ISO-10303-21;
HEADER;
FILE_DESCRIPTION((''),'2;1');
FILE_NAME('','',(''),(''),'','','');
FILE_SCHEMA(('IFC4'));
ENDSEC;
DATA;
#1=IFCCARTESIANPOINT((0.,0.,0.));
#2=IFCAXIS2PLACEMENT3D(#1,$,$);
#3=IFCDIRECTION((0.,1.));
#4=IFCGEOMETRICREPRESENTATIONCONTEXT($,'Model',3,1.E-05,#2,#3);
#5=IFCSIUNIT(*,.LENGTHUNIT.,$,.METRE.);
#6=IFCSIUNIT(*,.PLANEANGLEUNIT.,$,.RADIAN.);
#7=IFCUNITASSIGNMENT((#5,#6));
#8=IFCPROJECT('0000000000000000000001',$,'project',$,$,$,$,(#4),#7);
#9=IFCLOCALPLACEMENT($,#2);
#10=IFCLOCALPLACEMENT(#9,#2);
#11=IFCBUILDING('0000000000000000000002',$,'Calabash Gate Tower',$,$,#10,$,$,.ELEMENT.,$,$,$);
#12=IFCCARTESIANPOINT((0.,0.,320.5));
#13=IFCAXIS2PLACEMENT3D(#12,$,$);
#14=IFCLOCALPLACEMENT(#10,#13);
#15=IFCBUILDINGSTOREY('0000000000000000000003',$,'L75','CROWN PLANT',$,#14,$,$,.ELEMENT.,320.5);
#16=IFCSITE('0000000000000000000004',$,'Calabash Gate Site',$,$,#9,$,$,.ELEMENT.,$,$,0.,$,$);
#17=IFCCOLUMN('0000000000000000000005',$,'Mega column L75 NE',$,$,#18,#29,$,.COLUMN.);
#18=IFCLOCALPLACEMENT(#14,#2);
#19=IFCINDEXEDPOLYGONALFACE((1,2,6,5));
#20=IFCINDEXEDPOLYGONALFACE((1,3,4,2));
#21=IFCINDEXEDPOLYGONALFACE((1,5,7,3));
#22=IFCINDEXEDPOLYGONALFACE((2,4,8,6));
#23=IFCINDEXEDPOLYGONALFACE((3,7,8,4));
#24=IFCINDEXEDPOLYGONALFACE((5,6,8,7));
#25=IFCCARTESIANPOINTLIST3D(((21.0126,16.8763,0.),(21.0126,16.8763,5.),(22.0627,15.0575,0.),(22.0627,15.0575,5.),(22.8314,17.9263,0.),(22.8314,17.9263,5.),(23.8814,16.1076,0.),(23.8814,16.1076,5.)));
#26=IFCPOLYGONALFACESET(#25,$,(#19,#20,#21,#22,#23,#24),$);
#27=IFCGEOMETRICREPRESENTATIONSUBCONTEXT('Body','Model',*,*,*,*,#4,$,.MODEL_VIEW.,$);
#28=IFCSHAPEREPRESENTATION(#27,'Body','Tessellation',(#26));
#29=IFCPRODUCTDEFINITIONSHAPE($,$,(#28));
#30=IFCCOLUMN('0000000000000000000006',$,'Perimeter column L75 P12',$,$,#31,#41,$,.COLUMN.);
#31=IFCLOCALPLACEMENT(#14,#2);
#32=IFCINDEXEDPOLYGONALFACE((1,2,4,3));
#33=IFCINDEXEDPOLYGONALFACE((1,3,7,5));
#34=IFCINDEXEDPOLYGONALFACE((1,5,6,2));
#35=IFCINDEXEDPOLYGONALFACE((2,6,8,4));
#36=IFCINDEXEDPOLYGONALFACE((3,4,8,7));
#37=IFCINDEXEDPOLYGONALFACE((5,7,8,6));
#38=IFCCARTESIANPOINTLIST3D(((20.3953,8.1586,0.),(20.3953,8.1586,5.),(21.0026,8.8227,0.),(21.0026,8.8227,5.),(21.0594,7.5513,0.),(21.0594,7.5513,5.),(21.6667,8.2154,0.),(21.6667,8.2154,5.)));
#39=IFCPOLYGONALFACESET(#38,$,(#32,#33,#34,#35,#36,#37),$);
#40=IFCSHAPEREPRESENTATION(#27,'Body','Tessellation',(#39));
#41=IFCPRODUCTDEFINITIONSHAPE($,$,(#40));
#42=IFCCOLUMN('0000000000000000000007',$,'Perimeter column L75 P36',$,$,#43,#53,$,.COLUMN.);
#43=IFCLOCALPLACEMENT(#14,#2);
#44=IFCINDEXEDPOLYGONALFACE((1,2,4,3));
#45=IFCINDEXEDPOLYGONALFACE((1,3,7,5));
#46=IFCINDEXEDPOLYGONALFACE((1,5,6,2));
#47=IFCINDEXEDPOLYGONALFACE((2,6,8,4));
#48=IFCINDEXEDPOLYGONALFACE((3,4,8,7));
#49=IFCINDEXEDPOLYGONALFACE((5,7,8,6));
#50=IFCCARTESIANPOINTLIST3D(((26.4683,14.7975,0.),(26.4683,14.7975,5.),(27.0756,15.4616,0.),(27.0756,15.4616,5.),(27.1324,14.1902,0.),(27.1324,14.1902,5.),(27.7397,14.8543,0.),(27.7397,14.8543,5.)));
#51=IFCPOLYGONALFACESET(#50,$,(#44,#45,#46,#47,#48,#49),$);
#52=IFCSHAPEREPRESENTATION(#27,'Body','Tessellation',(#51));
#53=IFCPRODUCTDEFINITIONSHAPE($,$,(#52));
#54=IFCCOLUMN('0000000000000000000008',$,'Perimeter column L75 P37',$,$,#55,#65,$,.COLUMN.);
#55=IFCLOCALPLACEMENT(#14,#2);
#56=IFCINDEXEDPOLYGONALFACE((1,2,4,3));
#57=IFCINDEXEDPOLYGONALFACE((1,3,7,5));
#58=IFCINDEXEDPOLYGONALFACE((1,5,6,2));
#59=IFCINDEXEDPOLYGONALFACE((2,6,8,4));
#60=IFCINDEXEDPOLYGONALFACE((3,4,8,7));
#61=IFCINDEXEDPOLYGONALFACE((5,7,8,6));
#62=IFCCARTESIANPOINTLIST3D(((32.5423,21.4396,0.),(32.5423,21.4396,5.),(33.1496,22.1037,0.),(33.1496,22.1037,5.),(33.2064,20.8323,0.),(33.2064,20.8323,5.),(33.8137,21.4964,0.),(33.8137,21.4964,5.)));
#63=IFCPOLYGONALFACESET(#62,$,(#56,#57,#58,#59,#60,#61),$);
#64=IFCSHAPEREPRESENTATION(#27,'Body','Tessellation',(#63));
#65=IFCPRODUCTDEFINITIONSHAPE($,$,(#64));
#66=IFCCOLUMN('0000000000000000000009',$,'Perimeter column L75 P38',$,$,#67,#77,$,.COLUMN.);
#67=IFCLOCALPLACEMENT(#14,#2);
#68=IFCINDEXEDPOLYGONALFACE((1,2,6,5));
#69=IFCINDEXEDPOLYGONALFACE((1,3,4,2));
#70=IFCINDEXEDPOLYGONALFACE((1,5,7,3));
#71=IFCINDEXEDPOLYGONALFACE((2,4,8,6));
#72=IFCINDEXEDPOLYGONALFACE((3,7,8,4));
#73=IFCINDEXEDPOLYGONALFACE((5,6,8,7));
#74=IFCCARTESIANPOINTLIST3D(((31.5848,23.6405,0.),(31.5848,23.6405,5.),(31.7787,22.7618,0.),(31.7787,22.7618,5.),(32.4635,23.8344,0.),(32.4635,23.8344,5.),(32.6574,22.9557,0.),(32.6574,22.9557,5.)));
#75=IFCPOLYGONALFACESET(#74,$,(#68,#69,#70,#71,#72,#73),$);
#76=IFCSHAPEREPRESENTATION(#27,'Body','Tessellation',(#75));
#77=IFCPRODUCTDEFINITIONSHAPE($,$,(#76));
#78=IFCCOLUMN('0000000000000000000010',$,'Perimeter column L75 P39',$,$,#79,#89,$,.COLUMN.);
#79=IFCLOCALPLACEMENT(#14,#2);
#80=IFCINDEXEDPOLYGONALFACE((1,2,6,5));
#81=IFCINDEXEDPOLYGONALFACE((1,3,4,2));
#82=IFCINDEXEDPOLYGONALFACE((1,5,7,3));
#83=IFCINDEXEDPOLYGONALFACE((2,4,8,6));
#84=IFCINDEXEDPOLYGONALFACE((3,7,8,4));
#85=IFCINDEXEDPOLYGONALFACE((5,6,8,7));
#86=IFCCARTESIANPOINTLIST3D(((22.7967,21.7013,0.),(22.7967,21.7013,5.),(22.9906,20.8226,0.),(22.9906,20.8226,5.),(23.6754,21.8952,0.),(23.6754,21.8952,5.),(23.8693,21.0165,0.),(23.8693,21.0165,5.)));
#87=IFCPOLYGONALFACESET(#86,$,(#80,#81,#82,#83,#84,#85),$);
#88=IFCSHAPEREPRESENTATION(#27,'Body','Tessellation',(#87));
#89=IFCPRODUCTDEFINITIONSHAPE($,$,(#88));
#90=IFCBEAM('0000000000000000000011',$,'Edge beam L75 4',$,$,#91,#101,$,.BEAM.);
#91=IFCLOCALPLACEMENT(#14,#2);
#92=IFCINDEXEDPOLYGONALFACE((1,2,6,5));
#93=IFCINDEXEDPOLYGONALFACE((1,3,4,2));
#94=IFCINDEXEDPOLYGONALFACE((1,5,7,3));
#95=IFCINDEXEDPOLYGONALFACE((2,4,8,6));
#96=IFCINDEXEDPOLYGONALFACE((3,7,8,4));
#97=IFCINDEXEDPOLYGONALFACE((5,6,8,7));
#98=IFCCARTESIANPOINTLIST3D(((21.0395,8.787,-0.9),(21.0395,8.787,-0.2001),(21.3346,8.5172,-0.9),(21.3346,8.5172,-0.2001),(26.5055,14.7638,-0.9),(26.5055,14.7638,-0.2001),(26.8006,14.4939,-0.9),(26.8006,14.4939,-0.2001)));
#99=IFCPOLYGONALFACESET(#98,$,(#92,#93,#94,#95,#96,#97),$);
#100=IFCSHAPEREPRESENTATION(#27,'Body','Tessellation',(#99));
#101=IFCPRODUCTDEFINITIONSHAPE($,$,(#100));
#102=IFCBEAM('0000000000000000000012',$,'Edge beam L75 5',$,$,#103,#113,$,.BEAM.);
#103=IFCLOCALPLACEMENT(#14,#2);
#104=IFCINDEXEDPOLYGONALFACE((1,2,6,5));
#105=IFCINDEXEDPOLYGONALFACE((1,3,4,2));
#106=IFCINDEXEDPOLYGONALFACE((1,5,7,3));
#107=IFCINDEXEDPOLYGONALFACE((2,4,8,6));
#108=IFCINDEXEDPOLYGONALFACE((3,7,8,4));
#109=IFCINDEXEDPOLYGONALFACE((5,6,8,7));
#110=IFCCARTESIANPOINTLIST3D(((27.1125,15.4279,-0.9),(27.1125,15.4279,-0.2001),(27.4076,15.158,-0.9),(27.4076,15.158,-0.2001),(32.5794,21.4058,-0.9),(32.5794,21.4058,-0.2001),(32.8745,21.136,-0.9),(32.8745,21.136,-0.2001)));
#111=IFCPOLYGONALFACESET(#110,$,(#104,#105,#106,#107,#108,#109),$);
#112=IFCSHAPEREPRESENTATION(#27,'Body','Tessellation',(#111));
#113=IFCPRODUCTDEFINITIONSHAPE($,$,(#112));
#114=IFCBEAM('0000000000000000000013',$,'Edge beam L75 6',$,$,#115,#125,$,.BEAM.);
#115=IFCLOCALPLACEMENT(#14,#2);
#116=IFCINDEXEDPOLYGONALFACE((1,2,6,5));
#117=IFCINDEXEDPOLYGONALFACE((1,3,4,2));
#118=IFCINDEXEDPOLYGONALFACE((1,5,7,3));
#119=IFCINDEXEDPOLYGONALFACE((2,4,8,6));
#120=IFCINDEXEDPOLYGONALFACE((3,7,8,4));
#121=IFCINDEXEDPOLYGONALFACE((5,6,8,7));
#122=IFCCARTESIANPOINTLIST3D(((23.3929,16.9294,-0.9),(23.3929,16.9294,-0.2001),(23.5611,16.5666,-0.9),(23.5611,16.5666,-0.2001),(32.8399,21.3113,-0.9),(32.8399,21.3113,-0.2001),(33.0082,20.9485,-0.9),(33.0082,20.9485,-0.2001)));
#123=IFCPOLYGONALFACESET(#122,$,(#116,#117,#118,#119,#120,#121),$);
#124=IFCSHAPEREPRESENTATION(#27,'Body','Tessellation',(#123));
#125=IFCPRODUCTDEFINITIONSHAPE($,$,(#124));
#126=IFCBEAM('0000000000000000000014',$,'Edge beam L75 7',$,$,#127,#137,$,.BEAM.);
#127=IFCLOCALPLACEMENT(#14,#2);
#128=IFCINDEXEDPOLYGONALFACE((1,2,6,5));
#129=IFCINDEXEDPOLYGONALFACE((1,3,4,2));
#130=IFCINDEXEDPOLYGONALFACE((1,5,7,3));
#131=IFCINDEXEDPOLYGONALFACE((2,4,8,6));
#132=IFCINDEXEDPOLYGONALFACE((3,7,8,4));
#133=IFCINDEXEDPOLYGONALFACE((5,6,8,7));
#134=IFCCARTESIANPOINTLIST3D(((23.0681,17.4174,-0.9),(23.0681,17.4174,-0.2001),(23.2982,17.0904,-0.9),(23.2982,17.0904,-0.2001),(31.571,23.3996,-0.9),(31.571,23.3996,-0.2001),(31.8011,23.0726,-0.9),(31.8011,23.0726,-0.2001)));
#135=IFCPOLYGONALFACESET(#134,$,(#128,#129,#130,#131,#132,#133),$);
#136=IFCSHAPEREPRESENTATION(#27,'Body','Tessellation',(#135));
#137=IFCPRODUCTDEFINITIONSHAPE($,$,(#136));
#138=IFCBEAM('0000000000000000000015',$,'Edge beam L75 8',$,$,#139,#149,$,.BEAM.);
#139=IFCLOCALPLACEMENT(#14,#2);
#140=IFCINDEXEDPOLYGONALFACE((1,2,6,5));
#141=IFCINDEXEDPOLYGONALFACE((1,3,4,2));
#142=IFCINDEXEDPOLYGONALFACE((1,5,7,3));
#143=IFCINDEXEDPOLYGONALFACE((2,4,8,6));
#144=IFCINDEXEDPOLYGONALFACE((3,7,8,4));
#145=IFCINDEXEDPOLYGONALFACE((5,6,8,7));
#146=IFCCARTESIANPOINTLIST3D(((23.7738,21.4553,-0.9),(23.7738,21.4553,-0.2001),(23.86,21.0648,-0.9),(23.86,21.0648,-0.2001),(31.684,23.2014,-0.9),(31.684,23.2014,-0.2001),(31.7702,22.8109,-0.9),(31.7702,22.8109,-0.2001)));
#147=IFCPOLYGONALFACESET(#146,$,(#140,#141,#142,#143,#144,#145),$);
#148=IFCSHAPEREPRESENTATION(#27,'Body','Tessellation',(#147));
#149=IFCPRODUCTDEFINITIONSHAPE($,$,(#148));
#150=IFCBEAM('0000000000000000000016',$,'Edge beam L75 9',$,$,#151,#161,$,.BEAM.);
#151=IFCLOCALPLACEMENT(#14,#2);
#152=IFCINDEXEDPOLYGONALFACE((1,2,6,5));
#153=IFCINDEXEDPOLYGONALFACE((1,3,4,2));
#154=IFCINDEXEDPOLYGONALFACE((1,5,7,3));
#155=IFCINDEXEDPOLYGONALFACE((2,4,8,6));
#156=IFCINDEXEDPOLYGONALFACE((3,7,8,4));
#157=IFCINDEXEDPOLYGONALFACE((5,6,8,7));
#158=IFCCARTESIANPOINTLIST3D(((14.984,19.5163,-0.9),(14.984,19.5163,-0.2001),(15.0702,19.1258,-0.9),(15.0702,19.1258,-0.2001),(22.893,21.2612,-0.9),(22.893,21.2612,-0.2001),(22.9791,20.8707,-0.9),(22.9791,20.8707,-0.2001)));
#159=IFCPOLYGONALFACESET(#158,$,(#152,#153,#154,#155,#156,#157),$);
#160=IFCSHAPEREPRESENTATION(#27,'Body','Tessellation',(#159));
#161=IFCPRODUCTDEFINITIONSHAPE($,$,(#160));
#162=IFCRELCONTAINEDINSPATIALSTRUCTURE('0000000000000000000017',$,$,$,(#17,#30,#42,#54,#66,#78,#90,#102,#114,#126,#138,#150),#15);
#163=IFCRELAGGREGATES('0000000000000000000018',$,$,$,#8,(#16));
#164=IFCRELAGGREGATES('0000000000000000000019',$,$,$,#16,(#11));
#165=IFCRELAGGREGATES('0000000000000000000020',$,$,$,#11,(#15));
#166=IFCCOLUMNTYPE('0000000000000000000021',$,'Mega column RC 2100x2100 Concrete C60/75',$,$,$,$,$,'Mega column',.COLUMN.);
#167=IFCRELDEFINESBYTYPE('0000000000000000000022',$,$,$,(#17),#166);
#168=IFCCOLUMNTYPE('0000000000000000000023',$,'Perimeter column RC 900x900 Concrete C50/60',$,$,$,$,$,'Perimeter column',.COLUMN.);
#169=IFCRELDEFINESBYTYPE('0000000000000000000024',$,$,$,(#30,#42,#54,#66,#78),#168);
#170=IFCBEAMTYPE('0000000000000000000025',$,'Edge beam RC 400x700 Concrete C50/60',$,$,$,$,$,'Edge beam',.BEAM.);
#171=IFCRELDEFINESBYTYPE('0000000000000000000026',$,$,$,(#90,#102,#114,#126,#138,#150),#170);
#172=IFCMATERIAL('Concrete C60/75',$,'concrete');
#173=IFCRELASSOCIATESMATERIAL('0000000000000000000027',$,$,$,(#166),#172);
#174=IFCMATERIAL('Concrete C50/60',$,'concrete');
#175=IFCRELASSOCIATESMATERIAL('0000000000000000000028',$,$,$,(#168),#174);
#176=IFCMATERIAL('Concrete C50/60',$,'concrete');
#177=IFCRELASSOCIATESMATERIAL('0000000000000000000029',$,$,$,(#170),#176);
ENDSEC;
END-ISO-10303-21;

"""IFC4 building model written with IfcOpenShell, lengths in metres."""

from ifc_helpers import new_model, si_unit, direction, frame, origin, origin_2d, place, context, subcontext, project, spatial, rectangle, extrude, material, material_profile, profile_set, type_object, element, save


model = new_model("IFC4")

# Units and contexts
model_context = context("Model", 3, precision=1e-05, world=origin(), true_north=direction((0.0, 1.0)))
body_context = subcontext(model_context, "Body", "Model", "MODEL_VIEW")
ifc_project = project(units=[si_unit("LENGTHUNIT", "METRE"), si_unit("PLANEANGLEUNIT", "RADIAN")], contexts=[model_context])

# Site, building, storey
site_placement = place(None, origin())
site = spatial("IfcSite", under=ifc_project, at=site_placement, Name="Calabash Gate Site", CompositionType="ELEMENT", RefElevation=0.0)
building_placement = place(site_placement, origin())
building = spatial("IfcBuilding", under=site, at=building_placement, Name="Calabash Gate Tower", CompositionType="ELEMENT")
storey_placement = place(building_placement, frame((0.0, 0.0, 320.5)))
storey = spatial("IfcBuildingStorey", under=building, at=storey_placement, Name="L75", Description="CROWN PLANT", CompositionType="ELEMENT", Elevation=320.5)

# Columns
ifc_material_1 = material(Name="Concrete C60/75", Category="concrete")
ifc_material_profile_1 = material_profile(ifc_material_1, rectangle(XDim=2.1001, YDim=2.1001, at=origin_2d()))
ifc_profile_set_1 = profile_set([ifc_material_profile_1], Name="Concrete C60/75")
column_type_1 = type_object("IfcColumnType", Name="Mega column RC 2100x2100 Concrete C60/75", ElementType="Mega column", PredefinedType="COLUMN", material=ifc_profile_set_1)
column_placement = place(storey_placement, frame((22.447, 16.4919, 0.0), z_axis=(0.0, 0.0, 1.0), x_axis=(-0.866025, -0.5, 0.0)))
element("IfcColumn", 1, at=column_placement, inside=storey, type_object=column_type_1, Name="Mega column L75 NE", PredefinedType="COLUMN", context=body_context, shape_type="SweptSolid", body=[
    extrude(rectangle(XDim=2.1001, YDim=2.1001, at=origin_2d()), origin(), (0.0, 0.0, 1.0), 5.0),
])
ifc_material_2 = material(Name="Concrete C50/60", Category="concrete")
ifc_material_profile_2 = material_profile(ifc_material_2, rectangle(XDim=0.8999, YDim=0.8999, at=origin_2d()))
ifc_profile_set_2 = profile_set([ifc_material_profile_2], Name="Concrete C50/60")
column_type_2 = type_object("IfcColumnType", Name="Perimeter column RC 900x900 Concrete C50/60", ElementType="Perimeter column", PredefinedType="COLUMN", material=ifc_profile_set_2)
for number, where, z_axis, x_axis, name in (
    (2, (21.031, 8.187, 0.0), (0.0, 0.0, 1.0), (0.674856, 0.737949, 0.0), "Perimeter column L75 P12"),
    (3, (27.104, 14.8259, 0.0), (0.0, 0.0, 1.0), (0.674856, 0.737949, 0.0), "Perimeter column L75 P36"),
    (4, (33.178, 21.468, 0.0), (0.0, 0.0, 1.0), (0.674856, 0.737949, 0.0), "Perimeter column L75 P37"),
    (5, (32.1211, 23.2981, 0.0), (0.0, 0.0, 1.0), (-0.976511, -0.215468, 0.0), "Perimeter column L75 P38"),
    (6, (23.333, 21.3589, 0.0), (0.0, 0.0, 1.0), (-0.976511, -0.215468, 0.0), "Perimeter column L75 P39"),
):
    element("IfcColumn", number, at=place(storey_placement, frame(where, z_axis=z_axis, x_axis=x_axis)), inside=storey, type_object=column_type_2, Name=name, PredefinedType="COLUMN", context=body_context, shape_type="SweptSolid", body=[
        extrude(rectangle(XDim=0.8999, YDim=0.8999, at=origin_2d()), origin(), (0.0, 0.0, 1.0), 5.0),
    ])

# Beams
ifc_material_3 = material(Name="Concrete C50/60", Category="concrete")
ifc_material_profile_3 = material_profile(ifc_material_3, rectangle(XDim=0.3999, YDim=0.7, at=origin_2d()))
ifc_profile_set_3 = profile_set([ifc_material_profile_3], Name="Concrete C50/60")
beam_type_1 = type_object("IfcBeamType", Name="Edge beam RC 400x700 Concrete C50/60", ElementType="Edge beam", PredefinedType="BEAM", material=ifc_profile_set_3)
beam_1_placement = place(storey_placement, frame((21.187, 8.6521, -0.55), z_axis=(0.674874, 0.737933, 0.0), x_axis=(-0.737933, 0.674874, 0.0)))
element("IfcBeam", 7, at=beam_1_placement, inside=storey, type_object=beam_type_1, Name="Edge beam L75 4", PredefinedType="BEAM", context=body_context, shape_type="SweptSolid", body=[
    extrude(rectangle(XDim=0.3999, YDim=0.7, at=origin_2d()), origin(), (0.0, 0.0, 1.0), 8.0994),
])
beam_2_placement = place(storey_placement, frame((27.26, 15.293, -0.55), z_axis=(0.674864, 0.737942, 0.0), x_axis=(-0.737942, 0.674864, 0.0)))
element("IfcBeam", 8, at=beam_2_placement, inside=storey, type_object=beam_type_1, Name="Edge beam L75 5", PredefinedType="BEAM", context=body_context, shape_type="SweptSolid", body=[
    extrude(rectangle(XDim=0.3999, YDim=0.7, at=origin_2d()), origin(), (0.0, 0.0, 1.0), 8.1008),
])
beam_3_placement = place(storey_placement, frame((32.9241, 21.1299, -0.55), z_axis=(-0.907166, -0.420773, 0.0), x_axis=(0.420773, -0.907166, 0.0)))
element("IfcBeam", 9, at=beam_3_placement, inside=storey, type_object=beam_type_1, Name="Edge beam L75 6", PredefinedType="BEAM", context=body_context, shape_type="SweptSolid", body=[
    extrude(rectangle(XDim=0.3999, YDim=0.7, at=origin_2d()), origin(), (0.0, 0.0, 1.0), 10.4138),
])
beam_4_placement = place(storey_placement, frame((23.1831, 17.2539, -0.55), z_axis=(0.817868, 0.575406, 0.0), x_axis=(-0.575406, 0.817868, 0.0)))
element("IfcBeam", 10, at=beam_4_placement, inside=storey, type_object=beam_type_1, Name="Edge beam L75 7", PredefinedType="BEAM", context=body_context, shape_type="SweptSolid", body=[
    extrude(rectangle(XDim=0.3999, YDim=0.7, at=origin_2d()), origin(), (0.0, 0.0, 1.0), 10.3965),
])
beam_5_placement = place(storey_placement, frame((31.7271, 23.0061, -0.55), z_axis=(-0.976492, -0.215552, 0.0), x_axis=(0.215552, -0.976492, 0.0)))
element("IfcBeam", 11, at=beam_5_placement, inside=storey, type_object=beam_type_1, Name="Edge beam L75 8", PredefinedType="BEAM", context=body_context, shape_type="SweptSolid", body=[
    extrude(rectangle(XDim=0.3999, YDim=0.7, at=origin_2d()), origin(), (0.0, 0.0, 1.0), 8.1006),
])
beam_6_placement = place(storey_placement, frame((22.936, 21.0659, -0.55), z_axis=(-0.976517, -0.21544, 0.0), x_axis=(0.21544, -0.976517, 0.0)))
element("IfcBeam", 12, at=beam_6_placement, inside=storey, type_object=beam_type_1, Name="Edge beam L75 9", PredefinedType="BEAM", context=body_context, shape_type="SweptSolid", body=[
    extrude(rectangle(XDim=0.3999, YDim=0.7, at=origin_2d()), origin(), (0.0, 0.0, 1.0), 8.0991),
])

save(model, "model.ifc")
